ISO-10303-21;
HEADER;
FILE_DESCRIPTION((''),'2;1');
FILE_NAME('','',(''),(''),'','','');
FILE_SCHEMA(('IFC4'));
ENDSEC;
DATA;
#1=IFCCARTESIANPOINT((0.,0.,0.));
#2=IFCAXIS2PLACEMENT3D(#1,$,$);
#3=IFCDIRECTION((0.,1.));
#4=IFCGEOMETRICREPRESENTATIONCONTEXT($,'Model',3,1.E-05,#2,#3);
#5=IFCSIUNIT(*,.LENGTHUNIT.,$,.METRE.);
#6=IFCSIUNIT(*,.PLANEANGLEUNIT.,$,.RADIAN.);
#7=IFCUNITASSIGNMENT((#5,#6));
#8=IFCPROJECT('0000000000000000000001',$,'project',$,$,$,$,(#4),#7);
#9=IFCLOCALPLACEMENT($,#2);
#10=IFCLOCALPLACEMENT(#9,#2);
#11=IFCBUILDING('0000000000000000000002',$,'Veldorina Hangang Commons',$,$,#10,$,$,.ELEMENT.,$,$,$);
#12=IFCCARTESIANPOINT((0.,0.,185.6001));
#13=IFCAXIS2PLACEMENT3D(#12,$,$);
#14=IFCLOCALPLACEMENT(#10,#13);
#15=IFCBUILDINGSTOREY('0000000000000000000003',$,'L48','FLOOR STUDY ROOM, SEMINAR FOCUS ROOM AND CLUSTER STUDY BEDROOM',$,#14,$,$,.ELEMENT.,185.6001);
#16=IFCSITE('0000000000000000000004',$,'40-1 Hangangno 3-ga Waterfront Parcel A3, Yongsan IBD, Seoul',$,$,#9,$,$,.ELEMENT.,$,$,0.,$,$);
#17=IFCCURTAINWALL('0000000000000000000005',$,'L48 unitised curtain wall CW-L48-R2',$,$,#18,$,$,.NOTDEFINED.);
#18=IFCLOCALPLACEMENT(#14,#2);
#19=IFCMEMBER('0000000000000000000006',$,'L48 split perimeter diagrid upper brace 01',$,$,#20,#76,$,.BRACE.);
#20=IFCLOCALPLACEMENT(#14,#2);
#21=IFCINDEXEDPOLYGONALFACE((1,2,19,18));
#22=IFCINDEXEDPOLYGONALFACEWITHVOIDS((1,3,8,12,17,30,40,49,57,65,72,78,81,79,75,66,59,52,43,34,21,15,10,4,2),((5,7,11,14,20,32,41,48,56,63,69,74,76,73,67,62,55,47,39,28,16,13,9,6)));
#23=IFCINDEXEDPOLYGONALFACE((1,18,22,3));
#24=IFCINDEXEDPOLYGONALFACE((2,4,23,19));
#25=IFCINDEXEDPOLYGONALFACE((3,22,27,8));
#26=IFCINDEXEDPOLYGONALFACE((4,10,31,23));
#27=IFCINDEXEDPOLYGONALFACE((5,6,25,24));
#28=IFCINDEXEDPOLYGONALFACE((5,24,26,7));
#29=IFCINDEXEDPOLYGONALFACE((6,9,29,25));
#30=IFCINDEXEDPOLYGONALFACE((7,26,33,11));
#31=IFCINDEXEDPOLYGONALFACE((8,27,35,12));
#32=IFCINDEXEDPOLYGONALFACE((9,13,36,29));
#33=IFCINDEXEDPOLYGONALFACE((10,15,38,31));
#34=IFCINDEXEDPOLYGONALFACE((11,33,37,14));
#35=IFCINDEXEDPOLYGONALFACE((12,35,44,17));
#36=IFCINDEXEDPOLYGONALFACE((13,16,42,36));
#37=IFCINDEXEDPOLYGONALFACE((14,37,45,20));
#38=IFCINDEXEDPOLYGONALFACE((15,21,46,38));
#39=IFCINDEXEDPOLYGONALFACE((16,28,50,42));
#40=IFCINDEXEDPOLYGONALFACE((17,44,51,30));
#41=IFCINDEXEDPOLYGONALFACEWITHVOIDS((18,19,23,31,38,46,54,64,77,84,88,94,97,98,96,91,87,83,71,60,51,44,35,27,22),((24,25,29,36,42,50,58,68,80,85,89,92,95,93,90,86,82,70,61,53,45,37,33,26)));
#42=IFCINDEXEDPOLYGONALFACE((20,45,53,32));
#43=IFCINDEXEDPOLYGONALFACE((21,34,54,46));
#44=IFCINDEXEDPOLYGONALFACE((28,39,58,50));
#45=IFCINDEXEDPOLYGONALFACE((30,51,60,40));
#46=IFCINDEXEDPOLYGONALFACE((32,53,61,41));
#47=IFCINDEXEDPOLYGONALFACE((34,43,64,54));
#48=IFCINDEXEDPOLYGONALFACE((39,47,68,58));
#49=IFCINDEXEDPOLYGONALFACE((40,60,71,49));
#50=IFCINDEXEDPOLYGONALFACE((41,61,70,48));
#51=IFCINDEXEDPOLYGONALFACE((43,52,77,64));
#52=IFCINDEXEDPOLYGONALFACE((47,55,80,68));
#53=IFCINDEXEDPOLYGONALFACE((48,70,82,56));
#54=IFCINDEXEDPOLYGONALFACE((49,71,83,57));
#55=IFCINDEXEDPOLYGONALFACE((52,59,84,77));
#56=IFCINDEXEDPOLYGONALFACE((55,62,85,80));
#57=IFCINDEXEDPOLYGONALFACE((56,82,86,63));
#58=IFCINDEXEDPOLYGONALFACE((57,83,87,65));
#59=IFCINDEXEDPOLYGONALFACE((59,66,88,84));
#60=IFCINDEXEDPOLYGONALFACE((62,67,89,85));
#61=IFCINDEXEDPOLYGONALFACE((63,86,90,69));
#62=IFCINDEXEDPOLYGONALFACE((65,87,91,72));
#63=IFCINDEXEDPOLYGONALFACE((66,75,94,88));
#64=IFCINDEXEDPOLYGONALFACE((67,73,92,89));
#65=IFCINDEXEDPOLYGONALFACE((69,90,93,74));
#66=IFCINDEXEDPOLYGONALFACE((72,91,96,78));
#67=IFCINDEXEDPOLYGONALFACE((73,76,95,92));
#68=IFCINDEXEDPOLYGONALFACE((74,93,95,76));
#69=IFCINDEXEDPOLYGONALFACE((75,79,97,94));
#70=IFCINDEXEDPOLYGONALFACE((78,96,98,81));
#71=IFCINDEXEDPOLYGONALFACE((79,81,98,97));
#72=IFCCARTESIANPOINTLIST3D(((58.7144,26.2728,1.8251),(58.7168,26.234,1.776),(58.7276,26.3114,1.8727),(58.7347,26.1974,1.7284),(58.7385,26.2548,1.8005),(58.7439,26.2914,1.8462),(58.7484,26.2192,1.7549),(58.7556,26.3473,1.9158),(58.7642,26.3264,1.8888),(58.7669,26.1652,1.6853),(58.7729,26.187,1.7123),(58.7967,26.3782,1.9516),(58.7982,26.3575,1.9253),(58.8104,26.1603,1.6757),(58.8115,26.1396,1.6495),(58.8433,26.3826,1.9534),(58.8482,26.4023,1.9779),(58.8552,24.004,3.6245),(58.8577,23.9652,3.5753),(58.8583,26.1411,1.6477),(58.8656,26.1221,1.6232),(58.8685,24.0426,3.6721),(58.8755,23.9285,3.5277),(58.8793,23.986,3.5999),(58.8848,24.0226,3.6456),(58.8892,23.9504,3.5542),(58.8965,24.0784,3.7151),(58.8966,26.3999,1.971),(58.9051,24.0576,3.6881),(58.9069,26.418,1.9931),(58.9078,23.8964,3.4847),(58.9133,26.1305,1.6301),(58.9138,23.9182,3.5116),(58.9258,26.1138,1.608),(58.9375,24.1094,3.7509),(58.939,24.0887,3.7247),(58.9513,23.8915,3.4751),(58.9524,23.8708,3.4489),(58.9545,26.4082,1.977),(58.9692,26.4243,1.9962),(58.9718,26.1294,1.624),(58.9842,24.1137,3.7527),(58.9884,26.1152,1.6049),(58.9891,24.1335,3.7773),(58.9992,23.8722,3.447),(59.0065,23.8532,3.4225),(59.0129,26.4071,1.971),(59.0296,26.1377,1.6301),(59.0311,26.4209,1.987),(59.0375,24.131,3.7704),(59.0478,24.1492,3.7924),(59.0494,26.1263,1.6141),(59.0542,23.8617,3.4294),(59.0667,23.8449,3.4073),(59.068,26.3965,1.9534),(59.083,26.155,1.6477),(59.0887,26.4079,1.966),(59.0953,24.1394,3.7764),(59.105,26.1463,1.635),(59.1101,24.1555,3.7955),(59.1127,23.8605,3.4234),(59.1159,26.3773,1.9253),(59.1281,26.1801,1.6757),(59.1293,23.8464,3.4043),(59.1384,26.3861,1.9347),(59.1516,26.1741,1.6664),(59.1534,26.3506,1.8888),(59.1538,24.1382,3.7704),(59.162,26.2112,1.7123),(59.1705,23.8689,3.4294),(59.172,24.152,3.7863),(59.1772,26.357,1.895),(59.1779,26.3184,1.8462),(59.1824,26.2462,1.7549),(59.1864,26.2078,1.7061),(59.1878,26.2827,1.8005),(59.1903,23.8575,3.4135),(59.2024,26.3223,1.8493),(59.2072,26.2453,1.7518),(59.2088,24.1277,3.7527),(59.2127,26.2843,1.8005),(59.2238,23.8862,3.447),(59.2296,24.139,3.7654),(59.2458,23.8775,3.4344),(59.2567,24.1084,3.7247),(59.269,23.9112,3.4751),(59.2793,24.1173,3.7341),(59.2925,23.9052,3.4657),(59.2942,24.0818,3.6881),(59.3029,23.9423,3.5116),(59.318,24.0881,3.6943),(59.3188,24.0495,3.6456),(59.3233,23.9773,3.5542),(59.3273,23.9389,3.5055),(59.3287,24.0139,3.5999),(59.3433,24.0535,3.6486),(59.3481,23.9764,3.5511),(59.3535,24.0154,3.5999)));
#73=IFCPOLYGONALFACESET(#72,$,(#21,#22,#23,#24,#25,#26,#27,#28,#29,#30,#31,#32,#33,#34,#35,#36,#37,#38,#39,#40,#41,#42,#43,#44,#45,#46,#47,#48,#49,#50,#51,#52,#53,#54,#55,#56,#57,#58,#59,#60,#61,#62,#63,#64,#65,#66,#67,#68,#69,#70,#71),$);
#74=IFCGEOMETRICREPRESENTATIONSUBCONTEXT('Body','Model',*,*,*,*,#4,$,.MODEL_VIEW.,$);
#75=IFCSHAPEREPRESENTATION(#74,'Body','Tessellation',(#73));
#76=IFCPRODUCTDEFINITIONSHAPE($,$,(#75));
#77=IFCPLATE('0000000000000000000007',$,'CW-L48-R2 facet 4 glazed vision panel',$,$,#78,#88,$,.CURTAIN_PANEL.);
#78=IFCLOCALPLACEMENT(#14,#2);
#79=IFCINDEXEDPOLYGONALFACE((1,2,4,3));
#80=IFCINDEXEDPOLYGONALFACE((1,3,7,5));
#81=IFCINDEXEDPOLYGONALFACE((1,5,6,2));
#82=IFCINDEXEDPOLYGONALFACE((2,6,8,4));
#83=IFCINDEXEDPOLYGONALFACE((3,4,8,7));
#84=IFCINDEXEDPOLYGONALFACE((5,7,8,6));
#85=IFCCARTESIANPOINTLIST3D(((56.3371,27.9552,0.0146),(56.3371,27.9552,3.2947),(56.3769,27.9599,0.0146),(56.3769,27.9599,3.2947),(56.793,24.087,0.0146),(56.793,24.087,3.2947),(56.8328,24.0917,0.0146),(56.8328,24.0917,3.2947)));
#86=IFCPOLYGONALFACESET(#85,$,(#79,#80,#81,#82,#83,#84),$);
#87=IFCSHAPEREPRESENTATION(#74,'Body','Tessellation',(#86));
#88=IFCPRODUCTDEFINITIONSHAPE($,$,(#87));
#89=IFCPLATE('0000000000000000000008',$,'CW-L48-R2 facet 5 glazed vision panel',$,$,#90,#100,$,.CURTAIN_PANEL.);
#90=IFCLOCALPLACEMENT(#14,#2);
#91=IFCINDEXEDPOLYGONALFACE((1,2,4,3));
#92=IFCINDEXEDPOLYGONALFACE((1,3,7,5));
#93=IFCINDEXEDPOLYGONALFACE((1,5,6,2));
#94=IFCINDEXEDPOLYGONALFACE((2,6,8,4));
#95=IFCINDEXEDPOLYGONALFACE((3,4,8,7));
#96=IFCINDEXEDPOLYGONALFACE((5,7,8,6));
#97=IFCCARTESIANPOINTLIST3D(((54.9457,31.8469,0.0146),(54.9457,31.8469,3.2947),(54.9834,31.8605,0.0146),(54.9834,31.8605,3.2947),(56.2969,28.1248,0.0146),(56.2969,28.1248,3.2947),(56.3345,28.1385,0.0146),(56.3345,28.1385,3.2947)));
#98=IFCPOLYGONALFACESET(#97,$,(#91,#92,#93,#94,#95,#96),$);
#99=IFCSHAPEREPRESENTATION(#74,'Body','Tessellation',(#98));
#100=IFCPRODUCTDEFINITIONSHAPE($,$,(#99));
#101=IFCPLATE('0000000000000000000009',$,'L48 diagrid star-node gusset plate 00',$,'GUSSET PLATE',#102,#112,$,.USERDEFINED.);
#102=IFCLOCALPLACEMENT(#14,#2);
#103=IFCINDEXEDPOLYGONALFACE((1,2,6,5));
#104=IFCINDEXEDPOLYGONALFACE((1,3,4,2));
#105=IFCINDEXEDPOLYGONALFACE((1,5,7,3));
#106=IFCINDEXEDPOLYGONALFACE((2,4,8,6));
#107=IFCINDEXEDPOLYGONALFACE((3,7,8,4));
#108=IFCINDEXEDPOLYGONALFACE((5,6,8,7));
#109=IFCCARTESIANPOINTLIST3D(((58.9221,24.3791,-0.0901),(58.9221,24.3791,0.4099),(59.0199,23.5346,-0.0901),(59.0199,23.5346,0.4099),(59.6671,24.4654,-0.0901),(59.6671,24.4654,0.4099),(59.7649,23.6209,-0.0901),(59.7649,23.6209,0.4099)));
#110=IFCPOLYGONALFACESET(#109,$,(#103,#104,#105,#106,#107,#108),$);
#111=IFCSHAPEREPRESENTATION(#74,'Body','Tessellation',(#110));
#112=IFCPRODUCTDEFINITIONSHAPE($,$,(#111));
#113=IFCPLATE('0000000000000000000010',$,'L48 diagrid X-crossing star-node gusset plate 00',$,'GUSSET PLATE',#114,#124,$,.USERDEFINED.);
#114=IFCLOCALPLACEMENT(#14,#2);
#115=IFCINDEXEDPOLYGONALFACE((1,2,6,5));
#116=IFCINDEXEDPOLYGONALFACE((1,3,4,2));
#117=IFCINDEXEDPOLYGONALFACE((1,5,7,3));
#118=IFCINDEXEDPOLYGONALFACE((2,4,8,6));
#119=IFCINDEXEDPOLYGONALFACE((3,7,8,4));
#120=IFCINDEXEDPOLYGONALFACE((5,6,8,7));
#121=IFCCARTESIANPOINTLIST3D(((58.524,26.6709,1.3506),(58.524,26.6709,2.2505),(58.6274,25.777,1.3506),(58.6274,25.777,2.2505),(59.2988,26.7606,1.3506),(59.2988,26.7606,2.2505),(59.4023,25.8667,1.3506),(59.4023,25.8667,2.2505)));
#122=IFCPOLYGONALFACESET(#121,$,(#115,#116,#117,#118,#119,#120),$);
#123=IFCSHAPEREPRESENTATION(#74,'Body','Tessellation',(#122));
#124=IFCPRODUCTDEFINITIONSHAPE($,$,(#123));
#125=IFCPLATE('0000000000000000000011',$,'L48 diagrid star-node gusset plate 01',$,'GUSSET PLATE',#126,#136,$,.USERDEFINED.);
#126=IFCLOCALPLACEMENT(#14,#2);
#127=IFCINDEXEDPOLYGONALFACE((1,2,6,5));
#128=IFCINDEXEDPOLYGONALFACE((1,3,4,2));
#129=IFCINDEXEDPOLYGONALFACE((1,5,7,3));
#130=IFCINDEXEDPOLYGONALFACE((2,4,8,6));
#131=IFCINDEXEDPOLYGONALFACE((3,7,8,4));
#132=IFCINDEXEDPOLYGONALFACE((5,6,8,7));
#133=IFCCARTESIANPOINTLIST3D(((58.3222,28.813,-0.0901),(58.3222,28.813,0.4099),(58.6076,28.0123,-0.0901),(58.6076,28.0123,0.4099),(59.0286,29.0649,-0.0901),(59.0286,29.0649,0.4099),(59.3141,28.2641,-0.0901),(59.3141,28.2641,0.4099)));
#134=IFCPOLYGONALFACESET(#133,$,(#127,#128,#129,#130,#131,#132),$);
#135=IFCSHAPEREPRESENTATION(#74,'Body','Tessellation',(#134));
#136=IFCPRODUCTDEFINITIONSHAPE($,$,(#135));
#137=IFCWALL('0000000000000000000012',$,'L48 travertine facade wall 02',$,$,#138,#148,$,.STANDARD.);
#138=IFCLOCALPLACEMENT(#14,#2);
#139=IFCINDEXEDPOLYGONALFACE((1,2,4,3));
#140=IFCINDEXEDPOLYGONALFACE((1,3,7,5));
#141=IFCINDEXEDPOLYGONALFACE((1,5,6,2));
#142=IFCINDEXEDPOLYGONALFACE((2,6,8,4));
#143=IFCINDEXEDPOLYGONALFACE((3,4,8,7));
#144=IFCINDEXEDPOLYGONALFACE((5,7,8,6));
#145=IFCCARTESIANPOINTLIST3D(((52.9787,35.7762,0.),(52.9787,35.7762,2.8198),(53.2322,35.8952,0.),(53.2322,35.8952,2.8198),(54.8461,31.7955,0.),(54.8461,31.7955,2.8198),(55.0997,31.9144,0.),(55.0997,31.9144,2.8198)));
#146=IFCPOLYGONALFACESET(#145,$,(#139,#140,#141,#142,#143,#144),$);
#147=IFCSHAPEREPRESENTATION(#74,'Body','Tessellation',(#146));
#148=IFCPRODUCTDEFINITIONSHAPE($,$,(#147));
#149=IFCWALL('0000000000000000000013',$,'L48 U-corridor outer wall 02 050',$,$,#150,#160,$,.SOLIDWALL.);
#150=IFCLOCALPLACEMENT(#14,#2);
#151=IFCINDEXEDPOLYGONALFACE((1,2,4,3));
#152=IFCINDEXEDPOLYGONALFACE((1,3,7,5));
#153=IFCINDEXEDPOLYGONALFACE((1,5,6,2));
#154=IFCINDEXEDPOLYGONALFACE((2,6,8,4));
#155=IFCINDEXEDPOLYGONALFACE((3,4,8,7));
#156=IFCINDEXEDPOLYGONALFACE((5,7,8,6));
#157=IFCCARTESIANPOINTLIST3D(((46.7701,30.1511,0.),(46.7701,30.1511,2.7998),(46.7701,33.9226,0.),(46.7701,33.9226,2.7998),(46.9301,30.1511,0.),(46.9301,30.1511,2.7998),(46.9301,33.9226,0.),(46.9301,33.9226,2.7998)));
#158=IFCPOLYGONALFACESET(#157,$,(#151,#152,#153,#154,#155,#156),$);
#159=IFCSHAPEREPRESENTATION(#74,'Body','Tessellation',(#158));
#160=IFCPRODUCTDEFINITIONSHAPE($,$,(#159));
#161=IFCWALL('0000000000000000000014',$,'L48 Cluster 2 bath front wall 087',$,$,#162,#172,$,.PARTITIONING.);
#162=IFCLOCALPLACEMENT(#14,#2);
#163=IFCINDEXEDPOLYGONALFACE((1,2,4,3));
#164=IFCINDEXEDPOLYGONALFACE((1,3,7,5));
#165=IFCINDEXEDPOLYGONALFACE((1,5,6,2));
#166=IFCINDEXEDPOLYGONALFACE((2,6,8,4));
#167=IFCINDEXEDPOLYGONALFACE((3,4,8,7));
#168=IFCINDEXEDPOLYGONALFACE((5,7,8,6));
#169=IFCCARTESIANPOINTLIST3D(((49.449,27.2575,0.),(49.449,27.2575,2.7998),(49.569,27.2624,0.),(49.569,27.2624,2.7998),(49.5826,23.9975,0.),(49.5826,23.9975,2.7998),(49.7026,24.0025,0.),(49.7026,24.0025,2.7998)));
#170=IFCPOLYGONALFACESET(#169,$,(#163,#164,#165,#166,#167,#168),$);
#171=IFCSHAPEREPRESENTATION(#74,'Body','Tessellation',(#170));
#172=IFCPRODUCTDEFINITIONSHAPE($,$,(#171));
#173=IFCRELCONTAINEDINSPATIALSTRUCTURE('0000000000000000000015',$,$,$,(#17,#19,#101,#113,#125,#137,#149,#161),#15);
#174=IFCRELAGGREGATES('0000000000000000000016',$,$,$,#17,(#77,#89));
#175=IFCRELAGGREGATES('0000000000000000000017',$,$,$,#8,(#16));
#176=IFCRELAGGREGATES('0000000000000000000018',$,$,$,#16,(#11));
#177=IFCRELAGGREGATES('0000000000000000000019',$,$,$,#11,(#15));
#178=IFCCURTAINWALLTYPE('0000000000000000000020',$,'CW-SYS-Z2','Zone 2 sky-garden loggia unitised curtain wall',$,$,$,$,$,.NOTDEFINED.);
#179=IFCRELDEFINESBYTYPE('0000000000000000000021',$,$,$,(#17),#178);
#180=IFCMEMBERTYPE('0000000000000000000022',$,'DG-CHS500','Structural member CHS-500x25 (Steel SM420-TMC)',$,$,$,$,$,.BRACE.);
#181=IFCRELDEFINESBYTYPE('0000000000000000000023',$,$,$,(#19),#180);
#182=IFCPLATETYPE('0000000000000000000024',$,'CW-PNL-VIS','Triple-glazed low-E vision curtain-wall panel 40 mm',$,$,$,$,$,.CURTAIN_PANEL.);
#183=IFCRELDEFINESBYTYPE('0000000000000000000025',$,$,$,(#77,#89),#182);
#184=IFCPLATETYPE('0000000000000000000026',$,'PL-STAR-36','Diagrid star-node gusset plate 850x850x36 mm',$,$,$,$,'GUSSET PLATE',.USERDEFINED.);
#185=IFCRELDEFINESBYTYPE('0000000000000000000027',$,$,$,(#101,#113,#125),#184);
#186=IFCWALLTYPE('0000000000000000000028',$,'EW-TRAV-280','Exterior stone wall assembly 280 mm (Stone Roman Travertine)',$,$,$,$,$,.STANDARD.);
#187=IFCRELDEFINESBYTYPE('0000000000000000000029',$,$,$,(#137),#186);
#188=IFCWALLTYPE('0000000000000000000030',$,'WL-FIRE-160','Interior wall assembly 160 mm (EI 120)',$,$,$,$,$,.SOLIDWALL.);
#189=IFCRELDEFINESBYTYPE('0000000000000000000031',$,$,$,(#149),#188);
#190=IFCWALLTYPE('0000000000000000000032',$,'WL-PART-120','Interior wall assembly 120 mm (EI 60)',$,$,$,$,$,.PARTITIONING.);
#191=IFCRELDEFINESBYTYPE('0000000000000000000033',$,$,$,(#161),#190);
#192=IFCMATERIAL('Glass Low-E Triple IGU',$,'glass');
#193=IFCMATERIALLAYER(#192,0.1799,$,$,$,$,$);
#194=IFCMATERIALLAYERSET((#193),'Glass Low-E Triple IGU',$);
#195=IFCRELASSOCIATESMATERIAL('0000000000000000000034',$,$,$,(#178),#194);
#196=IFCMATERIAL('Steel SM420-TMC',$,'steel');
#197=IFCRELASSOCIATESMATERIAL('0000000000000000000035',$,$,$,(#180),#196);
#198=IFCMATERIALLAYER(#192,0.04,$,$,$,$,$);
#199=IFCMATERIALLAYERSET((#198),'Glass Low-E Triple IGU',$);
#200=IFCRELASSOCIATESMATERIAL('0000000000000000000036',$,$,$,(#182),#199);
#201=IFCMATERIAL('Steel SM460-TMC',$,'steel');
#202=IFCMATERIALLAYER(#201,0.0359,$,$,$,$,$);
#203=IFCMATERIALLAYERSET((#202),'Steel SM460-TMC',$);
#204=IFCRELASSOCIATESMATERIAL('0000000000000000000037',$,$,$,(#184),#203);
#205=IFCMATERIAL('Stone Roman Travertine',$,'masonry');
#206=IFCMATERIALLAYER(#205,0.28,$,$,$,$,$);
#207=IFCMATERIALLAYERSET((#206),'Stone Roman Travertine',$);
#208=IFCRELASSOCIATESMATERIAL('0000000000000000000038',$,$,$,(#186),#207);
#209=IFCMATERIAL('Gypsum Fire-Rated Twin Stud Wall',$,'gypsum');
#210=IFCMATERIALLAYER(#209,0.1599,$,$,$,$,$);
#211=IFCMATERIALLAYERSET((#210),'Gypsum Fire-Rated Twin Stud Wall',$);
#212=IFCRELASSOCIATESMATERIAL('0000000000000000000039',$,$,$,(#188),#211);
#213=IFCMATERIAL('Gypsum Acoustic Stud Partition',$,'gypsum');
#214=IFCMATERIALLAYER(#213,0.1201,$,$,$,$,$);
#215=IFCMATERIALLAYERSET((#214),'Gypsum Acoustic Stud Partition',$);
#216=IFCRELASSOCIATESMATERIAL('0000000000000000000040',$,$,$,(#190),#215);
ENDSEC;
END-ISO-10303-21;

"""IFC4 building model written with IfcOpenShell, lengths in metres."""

from ifc_helpers import new_model, si_unit, direction, frame, frame_2d, origin, origin_2d, place, context, subcontext, project, spatial, rectangle, hollow_circle, extrude, material, layer, layer_set, material_profile, profile_set, type_object, element, aggregate, save


model = new_model("IFC4")

# Units and contexts
model_context = context("Model", 3, precision=1e-05, world=origin(), true_north=direction((0.0, 1.0)))
body_context = subcontext(model_context, "Body", "Model", "MODEL_VIEW")
ifc_project = project(units=[si_unit("LENGTHUNIT", "METRE"), si_unit("PLANEANGLEUNIT", "RADIAN")], contexts=[model_context])

# Site, building, storey
site_placement = place(None, origin())
site = spatial("IfcSite", under=ifc_project, at=site_placement, Name="40-1 Hangangno 3-ga Waterfront Parcel A3, Yongsan IBD, Seoul", CompositionType="ELEMENT", RefElevation=0.0)
building_placement = place(site_placement, origin())
building = spatial("IfcBuilding", under=site, at=building_placement, Name="Veldorina Hangang Commons", CompositionType="ELEMENT")
storey_placement = place(building_placement, frame((0.0, 0.0, 185.6001)))
storey = spatial("IfcBuildingStorey", under=building, at=storey_placement, Name="L48", Description="FLOOR STUDY ROOM, SEMINAR FOCUS ROOM AND CLUSTER STUDY BEDROOM", CompositionType="ELEMENT", Elevation=185.6001)

# Shared definitions
ifc_material_1 = material(Name="Steel SM420-TMC", Category="steel")

# Curtain wall
ifc_material_2 = material(Name="Glass Low-E Triple IGU", Category="glass")
ifc_layer_1 = layer(ifc_material_2, 0.1799)
ifc_layer_set_1 = layer_set([ifc_layer_1], Name="Glass Low-E Triple IGU")
curtain_wall_type = type_object("IfcCurtainWallType", Name="CW-SYS-Z2", Description="Zone 2 sky-garden loggia unitised curtain wall", PredefinedType="NOTDEFINED", material=ifc_layer_set_1)
curtain_wall_placement = place(storey_placement, origin())
curtain_wall = element("IfcCurtainWall", 1, at=curtain_wall_placement, inside=storey, type_object=curtain_wall_type, Name="L48 unitised curtain wall CW-L48-R2", PredefinedType="NOTDEFINED")

# Member
ifc_material_profile_1 = material_profile(ifc_material_1, hollow_circle(Radius=0.25, WallThickness=0.0249, at=origin_2d()), Name="CHS-500x25")
ifc_profile_set_1 = profile_set([ifc_material_profile_1], Name="Steel SM420-TMC")
member_type_1 = type_object("IfcMemberType", Name="DG-CHS500", Description="Structural member CHS-500x25 (Steel SM420-TMC)", PredefinedType="BRACE", material=ifc_profile_set_1)
member_1_placement = place(storey_placement, frame((58.9631, 26.2688, 1.8005), z_axis=(0.04859, -0.782585, 0.620645), x_axis=(0.998078, 0.06197, 0.0)))
element("IfcMember", 2, at=member_1_placement, inside=storey, type_object=member_type_1, Name="L48 split perimeter diagrid upper brace 01", PredefinedType="BRACE", context=body_context, shape_type="SweptSolid", body=[
    extrude(hollow_circle(Radius=0.25, WallThickness=0.0249, at=origin_2d()), origin(), (0.0, 0.0, 1.0), 2.8992),
])

# Plates
ifc_layer_2 = layer(ifc_material_2, 0.04)
ifc_layer_set_2 = layer_set([ifc_layer_2], Name="Glass Low-E Triple IGU")
plate_type_1 = type_object("IfcPlateType", Name="CW-PNL-VIS", Description="Triple-glazed low-E vision curtain-wall panel 40 mm", PredefinedType="CURTAIN_PANEL", material=ifc_layer_set_2)
plate_1_placement = place(storey_placement, frame((56.585, 26.0234, 0.0146), z_axis=(0.0, 0.0, 1.0), x_axis=(-0.117052, 0.993126, 0.0)))
plate_1 = element("IfcPlate", 3, at=plate_1_placement, type_object=plate_type_1, Name="CW-L48-R2 facet 4 glazed vision panel", PredefinedType="CURTAIN_PANEL", context=body_context, shape_type="SweptSolid", body=[
    extrude(rectangle(XDim=3.895, YDim=0.04, at=origin_2d()), origin(), (0.0, 0.0, 1.0), 3.28),
])
plate_2_placement = place(storey_placement, frame((55.6401, 29.9927, 0.0146), z_axis=(0.0, 0.0, 1.0), x_axis=(-0.341233, 0.939979, 0.0)))
plate_2 = element("IfcPlate", 4, at=plate_2_placement, type_object=plate_type_1, Name="CW-L48-R2 facet 5 glazed vision panel", PredefinedType="CURTAIN_PANEL", context=body_context, shape_type="SweptSolid", body=[
    extrude(rectangle(XDim=3.9597, YDim=0.04, at=origin_2d()), origin(), (0.0, 0.0, 1.0), 3.28),
])
aggregate(curtain_wall, [plate_1, plate_2])

# Plates
ifc_material_3 = material(Name="Steel SM460-TMC", Category="steel")
ifc_layer_3 = layer(ifc_material_3, 0.0359)
ifc_layer_set_3 = layer_set([ifc_layer_3], Name="Steel SM460-TMC")
plate_type_2 = type_object("IfcPlateType", Name="PL-STAR-36", Description="Diagrid star-node gusset plate 850x850x36 mm", ElementType="GUSSET PLATE", PredefinedType="USERDEFINED", material=ifc_layer_set_3)
plate_3_placement = place(storey_placement, frame((59.3435, 24.0, -0.0901), z_axis=(0.0, 0.0, 1.0), x_axis=(-0.114989, 0.993367, 0.0)))
element("IfcPlate", 5, at=plate_3_placement, inside=storey, type_object=plate_type_2, Name="L48 diagrid star-node gusset plate 00", ObjectType="GUSSET PLATE", PredefinedType="USERDEFINED", context=body_context, shape_type="SweptSolid", body=[
    extrude(rectangle(XDim=0.8501, YDim=0.75, at=origin_2d()), origin(), (0.0, 0.0, 1.0), 0.5),
])
plate_4_placement = place(storey_placement, frame((58.9631, 26.2688, 1.3506), z_axis=(0.0, 0.0, 1.0), x_axis=(-0.114989, 0.993367, 0.0)))
element("IfcPlate", 6, at=plate_4_placement, inside=storey, type_object=plate_type_2, Name="L48 diagrid X-crossing star-node gusset plate 00", ObjectType="GUSSET PLATE", PredefinedType="USERDEFINED", context=body_context, shape_type="SweptSolid", body=[
    extrude(rectangle(XDim=0.8999, YDim=0.78, at=origin_2d()), origin(), (0.0, 0.0, 1.0), 0.8999),
])
plate_5_placement = place(storey_placement, frame((58.8181, 28.5386, -0.0901), z_axis=(0.0, 0.0, 1.0), x_axis=(-0.33583, 0.941923, 0.0)))
element("IfcPlate", 7, at=plate_5_placement, inside=storey, type_object=plate_type_2, Name="L48 diagrid star-node gusset plate 01", ObjectType="GUSSET PLATE", PredefinedType="USERDEFINED", context=body_context, shape_type="SweptSolid", body=[
    extrude(rectangle(XDim=0.8501, YDim=0.75, at=origin_2d()), origin(), (0.0, 0.0, 1.0), 0.5),
])

# Walls
ifc_material_4 = material(Name="Stone Roman Travertine", Category="masonry")
ifc_layer_4 = layer(ifc_material_4, 0.28)
ifc_layer_set_4 = layer_set([ifc_layer_4], Name="Stone Roman Travertine")
wall_type_1 = type_object("IfcWallType", Name="EW-TRAV-280", Description="Exterior stone wall assembly 280 mm (Stone Roman Travertine)", PredefinedType="STANDARD", material=ifc_layer_set_4)
wall_1_placement = place(storey_placement, frame((54.9729, 31.855, 0.0), z_axis=(0.0, 0.0, 1.0), x_axis=(-0.424708, 0.90533, 0.0)))
element("IfcWall", 8, at=wall_1_placement, inside=storey, type_object=wall_type_1, Name="L48 travertine facade wall 02", PredefinedType="STANDARD", context=body_context, shape_type="SweptSolid", body=[
    extrude(rectangle(XDim=4.397, YDim=0.28, at=frame_2d((2.1985, 0.0))), origin(), (0.0, 0.0, 1.0), 2.8198),
])
ifc_material_5 = material(Name="Gypsum Fire-Rated Twin Stud Wall", Category="gypsum")
ifc_layer_5 = layer(ifc_material_5, 0.1599)
ifc_layer_set_5 = layer_set([ifc_layer_5], Name="Gypsum Fire-Rated Twin Stud Wall")
wall_type_2 = type_object("IfcWallType", Name="WL-FIRE-160", Description="Interior wall assembly 160 mm (EI 120)", PredefinedType="SOLIDWALL", material=ifc_layer_set_5)
wall_2_placement = place(storey_placement, frame((46.8501, 30.1511, 0.0), z_axis=(0.0, 0.0, 1.0), x_axis=(0.0, 1.0, 0.0)))
element("IfcWall", 9, at=wall_2_placement, inside=storey, type_object=wall_type_2, Name="L48 U-corridor outer wall 02 050", PredefinedType="SOLIDWALL", context=body_context, shape_type="SweptSolid", body=[
    extrude(rectangle(XDim=3.7715, YDim=0.1599, at=frame_2d((1.8857, 0.0))), origin(), (0.0, 0.0, 1.0), 2.7998),
])
ifc_material_6 = material(Name="Gypsum Acoustic Stud Partition", Category="gypsum")
ifc_layer_6 = layer(ifc_material_6, 0.1201)
ifc_layer_set_6 = layer_set([ifc_layer_6], Name="Gypsum Acoustic Stud Partition")
wall_type_3 = type_object("IfcWallType", Name="WL-PART-120", Description="Interior wall assembly 120 mm (EI 60)", PredefinedType="PARTITIONING", material=ifc_layer_set_6)
wall_3_placement = place(storey_placement, frame((49.6426, 24.0, 0.0), z_axis=(0.0, 0.0, 1.0), x_axis=(-0.04093, 0.999162, 0.0)))
element("IfcWall", 10, at=wall_3_placement, inside=storey, type_object=wall_type_3, Name="L48 Cluster 2 bath front wall 087", PredefinedType="PARTITIONING", context=body_context, shape_type="SweptSolid", body=[
    extrude(rectangle(XDim=3.2627, YDim=0.1201, at=frame_2d((1.6313, 0.0))), origin(), (0.0, 0.0, 1.0), 2.7998),
])

save(model, "model.ifc")
